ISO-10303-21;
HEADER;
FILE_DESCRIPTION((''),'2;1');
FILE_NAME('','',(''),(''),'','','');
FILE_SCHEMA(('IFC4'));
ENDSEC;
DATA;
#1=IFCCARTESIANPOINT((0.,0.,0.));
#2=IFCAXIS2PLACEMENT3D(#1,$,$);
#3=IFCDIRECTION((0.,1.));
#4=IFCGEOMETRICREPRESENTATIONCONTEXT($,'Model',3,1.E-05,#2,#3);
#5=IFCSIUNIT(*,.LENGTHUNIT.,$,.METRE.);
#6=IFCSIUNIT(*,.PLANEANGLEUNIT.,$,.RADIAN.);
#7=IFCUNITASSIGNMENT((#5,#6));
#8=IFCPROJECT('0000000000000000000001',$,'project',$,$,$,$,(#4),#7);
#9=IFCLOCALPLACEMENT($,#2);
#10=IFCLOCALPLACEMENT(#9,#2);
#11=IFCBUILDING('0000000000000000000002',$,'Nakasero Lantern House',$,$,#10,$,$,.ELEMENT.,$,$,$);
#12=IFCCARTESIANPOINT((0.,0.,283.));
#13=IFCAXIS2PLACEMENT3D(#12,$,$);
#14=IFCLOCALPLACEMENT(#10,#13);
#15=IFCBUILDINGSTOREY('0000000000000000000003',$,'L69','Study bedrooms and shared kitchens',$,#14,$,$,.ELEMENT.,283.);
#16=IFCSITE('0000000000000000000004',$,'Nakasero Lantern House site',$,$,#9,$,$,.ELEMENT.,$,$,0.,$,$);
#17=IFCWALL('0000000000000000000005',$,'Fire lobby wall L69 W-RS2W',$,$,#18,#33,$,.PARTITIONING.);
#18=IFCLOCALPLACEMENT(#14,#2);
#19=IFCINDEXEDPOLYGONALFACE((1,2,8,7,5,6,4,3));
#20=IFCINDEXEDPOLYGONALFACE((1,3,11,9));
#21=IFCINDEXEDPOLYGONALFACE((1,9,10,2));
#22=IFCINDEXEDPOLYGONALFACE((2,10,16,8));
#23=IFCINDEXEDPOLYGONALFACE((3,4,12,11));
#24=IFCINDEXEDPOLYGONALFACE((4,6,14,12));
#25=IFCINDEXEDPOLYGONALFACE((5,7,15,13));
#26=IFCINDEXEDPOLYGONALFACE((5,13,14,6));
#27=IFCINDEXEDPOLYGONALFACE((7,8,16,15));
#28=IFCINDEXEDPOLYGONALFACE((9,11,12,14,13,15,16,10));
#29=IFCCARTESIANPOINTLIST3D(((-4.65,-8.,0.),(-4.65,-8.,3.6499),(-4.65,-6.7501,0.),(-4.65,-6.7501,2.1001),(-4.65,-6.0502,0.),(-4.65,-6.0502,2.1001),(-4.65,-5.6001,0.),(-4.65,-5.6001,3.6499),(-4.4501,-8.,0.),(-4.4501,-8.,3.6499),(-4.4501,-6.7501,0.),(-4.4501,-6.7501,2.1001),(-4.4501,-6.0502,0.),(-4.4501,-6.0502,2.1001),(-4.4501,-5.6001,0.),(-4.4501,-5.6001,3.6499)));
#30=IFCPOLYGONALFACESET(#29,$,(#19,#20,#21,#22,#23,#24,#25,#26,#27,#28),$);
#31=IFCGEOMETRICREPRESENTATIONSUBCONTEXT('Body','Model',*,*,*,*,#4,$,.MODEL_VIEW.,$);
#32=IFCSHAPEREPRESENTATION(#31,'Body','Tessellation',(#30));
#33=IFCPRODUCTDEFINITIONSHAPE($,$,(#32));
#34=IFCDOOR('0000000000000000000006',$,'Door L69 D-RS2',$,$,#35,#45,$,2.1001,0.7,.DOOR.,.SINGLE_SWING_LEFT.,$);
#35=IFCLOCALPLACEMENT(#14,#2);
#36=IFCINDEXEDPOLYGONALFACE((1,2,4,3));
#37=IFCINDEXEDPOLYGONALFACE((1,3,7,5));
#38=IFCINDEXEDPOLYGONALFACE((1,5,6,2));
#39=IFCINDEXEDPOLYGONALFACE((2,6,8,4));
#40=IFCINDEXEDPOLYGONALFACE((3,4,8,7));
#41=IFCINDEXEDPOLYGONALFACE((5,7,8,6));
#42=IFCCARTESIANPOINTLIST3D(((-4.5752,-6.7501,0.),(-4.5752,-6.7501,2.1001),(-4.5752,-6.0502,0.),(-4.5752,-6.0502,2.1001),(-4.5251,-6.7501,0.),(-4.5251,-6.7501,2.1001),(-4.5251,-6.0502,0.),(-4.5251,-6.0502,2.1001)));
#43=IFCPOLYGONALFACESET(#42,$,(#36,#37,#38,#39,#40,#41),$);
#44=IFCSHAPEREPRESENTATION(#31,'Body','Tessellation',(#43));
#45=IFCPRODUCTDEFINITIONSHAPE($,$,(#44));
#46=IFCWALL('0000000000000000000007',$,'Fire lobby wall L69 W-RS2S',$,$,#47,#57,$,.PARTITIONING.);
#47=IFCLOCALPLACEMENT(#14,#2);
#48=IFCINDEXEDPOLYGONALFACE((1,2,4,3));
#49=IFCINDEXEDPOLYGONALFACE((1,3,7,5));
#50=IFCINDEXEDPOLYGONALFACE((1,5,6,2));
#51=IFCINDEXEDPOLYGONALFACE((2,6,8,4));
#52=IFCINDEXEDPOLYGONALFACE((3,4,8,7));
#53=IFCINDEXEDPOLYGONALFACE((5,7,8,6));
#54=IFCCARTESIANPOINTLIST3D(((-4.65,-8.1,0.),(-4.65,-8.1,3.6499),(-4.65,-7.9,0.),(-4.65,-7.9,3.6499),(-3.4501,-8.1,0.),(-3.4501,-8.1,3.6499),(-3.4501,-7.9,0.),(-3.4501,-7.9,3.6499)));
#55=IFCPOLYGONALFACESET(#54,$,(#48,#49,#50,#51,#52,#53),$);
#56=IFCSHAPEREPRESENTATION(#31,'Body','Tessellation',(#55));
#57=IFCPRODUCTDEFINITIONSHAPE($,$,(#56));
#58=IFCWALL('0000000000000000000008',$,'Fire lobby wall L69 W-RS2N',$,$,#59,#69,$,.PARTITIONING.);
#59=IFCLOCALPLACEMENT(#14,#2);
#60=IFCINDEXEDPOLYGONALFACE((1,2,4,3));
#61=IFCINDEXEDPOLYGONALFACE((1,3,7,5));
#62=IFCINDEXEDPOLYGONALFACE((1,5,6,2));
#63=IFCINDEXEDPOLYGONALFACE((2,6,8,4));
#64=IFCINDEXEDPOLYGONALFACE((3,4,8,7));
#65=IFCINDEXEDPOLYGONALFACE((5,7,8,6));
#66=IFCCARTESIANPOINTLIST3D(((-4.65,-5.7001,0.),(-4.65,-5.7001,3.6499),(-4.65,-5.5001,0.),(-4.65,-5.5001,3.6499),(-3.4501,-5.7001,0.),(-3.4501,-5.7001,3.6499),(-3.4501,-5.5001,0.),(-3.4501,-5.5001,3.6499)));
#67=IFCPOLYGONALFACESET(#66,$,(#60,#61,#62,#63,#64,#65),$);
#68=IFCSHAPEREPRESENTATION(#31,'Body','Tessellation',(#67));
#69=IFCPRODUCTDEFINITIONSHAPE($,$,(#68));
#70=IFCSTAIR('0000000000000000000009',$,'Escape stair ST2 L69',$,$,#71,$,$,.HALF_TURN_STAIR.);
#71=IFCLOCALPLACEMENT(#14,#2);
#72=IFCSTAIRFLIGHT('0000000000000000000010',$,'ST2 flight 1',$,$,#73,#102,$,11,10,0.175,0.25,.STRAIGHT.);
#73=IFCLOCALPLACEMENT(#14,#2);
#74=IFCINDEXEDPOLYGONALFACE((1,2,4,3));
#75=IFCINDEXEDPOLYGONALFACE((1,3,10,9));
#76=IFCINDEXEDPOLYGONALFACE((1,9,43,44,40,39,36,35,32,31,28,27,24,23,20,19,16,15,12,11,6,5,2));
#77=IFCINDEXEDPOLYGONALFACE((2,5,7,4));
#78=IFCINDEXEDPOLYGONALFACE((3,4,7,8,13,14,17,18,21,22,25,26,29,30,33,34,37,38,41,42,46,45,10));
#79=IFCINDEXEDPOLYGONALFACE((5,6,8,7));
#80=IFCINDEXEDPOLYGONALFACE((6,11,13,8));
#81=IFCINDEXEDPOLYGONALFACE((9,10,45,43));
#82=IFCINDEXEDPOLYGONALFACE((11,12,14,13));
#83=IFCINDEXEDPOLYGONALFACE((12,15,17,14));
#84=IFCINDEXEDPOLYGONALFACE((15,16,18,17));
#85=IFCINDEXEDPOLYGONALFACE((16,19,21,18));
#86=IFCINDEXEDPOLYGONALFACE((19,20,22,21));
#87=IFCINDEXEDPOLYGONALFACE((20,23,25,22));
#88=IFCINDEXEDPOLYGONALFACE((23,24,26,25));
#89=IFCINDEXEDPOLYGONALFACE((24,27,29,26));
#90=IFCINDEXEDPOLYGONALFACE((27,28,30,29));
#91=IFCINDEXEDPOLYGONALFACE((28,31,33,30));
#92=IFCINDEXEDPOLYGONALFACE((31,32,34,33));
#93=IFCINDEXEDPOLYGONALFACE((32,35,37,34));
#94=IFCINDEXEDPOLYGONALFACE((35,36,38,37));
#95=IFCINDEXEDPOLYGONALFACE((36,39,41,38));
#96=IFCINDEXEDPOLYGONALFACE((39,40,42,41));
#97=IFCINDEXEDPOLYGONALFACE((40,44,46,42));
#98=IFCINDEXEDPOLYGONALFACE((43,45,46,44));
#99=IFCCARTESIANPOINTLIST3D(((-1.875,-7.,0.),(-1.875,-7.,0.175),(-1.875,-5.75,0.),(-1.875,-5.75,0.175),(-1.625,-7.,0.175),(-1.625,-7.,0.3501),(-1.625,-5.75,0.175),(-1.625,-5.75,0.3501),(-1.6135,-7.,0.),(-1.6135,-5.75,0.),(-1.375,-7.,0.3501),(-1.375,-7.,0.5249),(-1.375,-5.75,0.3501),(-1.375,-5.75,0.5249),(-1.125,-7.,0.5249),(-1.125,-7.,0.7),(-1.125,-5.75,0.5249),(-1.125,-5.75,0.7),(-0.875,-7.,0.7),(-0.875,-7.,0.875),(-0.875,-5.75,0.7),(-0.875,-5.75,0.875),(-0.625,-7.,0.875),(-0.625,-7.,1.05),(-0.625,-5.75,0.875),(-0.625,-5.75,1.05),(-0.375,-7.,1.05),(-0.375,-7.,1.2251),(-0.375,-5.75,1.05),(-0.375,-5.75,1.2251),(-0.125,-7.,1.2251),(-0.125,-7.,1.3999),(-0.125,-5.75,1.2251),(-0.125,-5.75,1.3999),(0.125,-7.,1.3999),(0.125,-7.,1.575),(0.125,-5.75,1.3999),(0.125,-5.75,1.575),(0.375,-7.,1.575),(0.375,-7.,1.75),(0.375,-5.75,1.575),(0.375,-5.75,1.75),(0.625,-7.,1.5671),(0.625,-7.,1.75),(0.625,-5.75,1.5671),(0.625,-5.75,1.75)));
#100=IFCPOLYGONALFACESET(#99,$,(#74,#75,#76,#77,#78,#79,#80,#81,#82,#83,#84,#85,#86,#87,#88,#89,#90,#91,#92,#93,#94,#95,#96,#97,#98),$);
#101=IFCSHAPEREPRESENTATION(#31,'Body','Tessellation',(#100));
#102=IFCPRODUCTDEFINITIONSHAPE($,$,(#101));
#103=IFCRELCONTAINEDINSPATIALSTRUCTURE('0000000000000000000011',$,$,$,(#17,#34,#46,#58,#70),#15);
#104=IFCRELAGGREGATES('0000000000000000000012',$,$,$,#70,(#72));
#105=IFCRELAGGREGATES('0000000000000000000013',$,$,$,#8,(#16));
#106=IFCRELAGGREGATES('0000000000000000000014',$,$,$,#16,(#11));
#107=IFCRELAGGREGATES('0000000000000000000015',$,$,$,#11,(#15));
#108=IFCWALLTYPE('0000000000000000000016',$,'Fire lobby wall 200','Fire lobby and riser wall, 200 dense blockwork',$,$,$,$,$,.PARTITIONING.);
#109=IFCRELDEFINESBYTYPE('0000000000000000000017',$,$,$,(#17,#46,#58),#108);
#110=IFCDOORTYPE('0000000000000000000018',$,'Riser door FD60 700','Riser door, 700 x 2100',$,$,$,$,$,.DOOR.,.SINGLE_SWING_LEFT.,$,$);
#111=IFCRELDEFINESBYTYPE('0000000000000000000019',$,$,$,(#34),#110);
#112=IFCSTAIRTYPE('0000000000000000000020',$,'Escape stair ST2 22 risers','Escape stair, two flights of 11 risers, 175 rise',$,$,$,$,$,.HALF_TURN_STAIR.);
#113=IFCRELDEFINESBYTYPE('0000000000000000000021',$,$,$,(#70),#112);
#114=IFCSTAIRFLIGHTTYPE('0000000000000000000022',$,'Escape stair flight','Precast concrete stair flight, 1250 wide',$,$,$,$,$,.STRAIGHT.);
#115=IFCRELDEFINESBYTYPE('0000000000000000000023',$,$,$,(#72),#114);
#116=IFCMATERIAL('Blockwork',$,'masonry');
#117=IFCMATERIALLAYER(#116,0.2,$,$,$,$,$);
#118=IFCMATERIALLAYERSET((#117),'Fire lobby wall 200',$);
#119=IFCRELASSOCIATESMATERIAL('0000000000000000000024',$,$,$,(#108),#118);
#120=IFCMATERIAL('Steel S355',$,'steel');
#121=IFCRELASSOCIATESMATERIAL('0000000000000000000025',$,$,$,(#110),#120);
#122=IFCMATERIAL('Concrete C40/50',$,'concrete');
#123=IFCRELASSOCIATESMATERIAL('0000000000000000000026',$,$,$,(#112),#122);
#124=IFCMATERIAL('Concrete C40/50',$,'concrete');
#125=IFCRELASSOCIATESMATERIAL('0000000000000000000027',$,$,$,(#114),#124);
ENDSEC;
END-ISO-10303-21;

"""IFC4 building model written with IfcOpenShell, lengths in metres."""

from ifc_helpers import new_model, si_unit, direction, frame, frame_2d, origin, place, context, subcontext, project, spatial, polyline, rectangle, outline, extrude, material, layer, layer_set, type_object, element, fill, aggregate, save


model = new_model("IFC4")

# Units and contexts
model_context = context("Model", 3, precision=1e-05, world=origin(), true_north=direction((0.0, 1.0)))
body_context = subcontext(model_context, "Body", "Model", "MODEL_VIEW")
ifc_project = project(units=[si_unit("LENGTHUNIT", "METRE"), si_unit("PLANEANGLEUNIT", "RADIAN")], contexts=[model_context])

# Site, building, storey
site_placement = place(None, origin())
site = spatial("IfcSite", under=ifc_project, at=site_placement, Name="Nakasero Lantern House site", CompositionType="ELEMENT", RefElevation=0.0)
building_placement = place(site_placement, origin())
building = spatial("IfcBuilding", under=site, at=building_placement, Name="Nakasero Lantern House", CompositionType="ELEMENT")
storey_placement = place(building_placement, frame((0.0, 0.0, 283.0)))
storey = spatial("IfcBuildingStorey", under=building, at=storey_placement, Name="L69", Description="Study bedrooms and shared kitchens", CompositionType="ELEMENT", Elevation=283.0)

# Wall, opening, door
ifc_material_1 = material(Name="Blockwork", Category="masonry")
ifc_layer_1 = layer(ifc_material_1, 0.2)
ifc_layer_set_1 = layer_set([ifc_layer_1], Name="Fire lobby wall 200")
wall_type_1 = type_object("IfcWallType", Name="Fire lobby wall 200", Description="Fire lobby and riser wall, 200 dense blockwork", PredefinedType="PARTITIONING", material=ifc_layer_set_1)
wall_1_placement = place(storey_placement, frame((-4.55, -5.6001, 0.0), z_axis=(0.0, 0.0, 1.0), x_axis=(0.0, -1.0, 0.0)))
wall_1 = element("IfcWall", 1, at=wall_1_placement, inside=storey, type_object=wall_type_1, Name="Fire lobby wall L69 W-RS2W", PredefinedType="PARTITIONING", context=body_context, shape_type="SweptSolid", body=[
    extrude(rectangle(XDim=2.3999, YDim=0.2, at=frame_2d((1.2, 0.0))), origin(), (0.0, 0.0, 1.0), 3.6499),
])
opening_1_placement = place(wall_1_placement, frame((0.45, 0.0, 0.0)))
opening_1 = element("IfcOpeningElement", 2, at=opening_1_placement, cuts=wall_1, PredefinedType="OPENING", context=body_context, shape_type="SweptSolid", body=[
    extrude(rectangle(XDim=0.7, YDim=2.1001, at=frame_2d((0.3501, 1.05))), frame((0.0, 0.1199, 0.0), z_axis=(0.0, -1.0, 0.0), x_axis=(1.0, 0.0, 0.0)), (0.0, 0.0, 1.0), 0.24),
])
ifc_material_2 = material(Name="Steel S355", Category="steel")
door_type_1 = type_object("IfcDoorType", Name="Riser door FD60 700", Description="Riser door, 700 x 2100", OperationType="SINGLE_SWING_LEFT", PredefinedType="DOOR", material=ifc_material_2)
door_1_placement = place(opening_1_placement, origin())
door_1 = element("IfcDoor", 3, at=door_1_placement, inside=storey, type_object=door_type_1, Name="Door L69 D-RS2", OperationType="SINGLE_SWING_LEFT", OverallHeight=2.1001, OverallWidth=0.7, PredefinedType="DOOR", context=body_context, shape_type="SweptSolid", body=[
    extrude(rectangle(XDim=0.7, YDim=2.1001, at=frame_2d((0.3501, 1.05))), frame((0.0, 0.0249, 0.0), z_axis=(0.0, -1.0, 0.0), x_axis=(1.0, 0.0, 0.0)), (0.0, 0.0, 1.0), 0.05),
])
fill(opening_1, door_1)

# Walls
for number, where, z_axis, x_axis, name in (
    (4, (-3.45, -8.0, 0.0), (0.0, 0.0, 1.0), (-1.0, 0.0, 0.0), "Fire lobby wall L69 W-RS2S"),
    (5, (-3.45, -5.6001, 0.0), (0.0, 0.0, 1.0), (-1.0, 0.0, 0.0), "Fire lobby wall L69 W-RS2N"),
):
    element("IfcWall", number, at=place(storey_placement, frame(where, z_axis=z_axis, x_axis=x_axis)), inside=storey, type_object=wall_type_1, Name=name, PredefinedType="PARTITIONING", context=body_context, shape_type="SweptSolid", body=[
        extrude(rectangle(XDim=1.2, YDim=0.2, at=frame_2d((0.6001, 0.0))), origin(), (0.0, 0.0, 1.0), 3.6499),
    ])

# Stair, stair flight
ifc_material_3 = material(Name="Concrete C40/50", Category="concrete")
stair_type = type_object("IfcStairType", Name="Escape stair ST2 22 risers", Description="Escape stair, two flights of 11 risers, 175 rise", PredefinedType="HALF_TURN_STAIR", material=ifc_material_3)
stair_placement = place(storey_placement, origin())
stair = element("IfcStair", 6, at=stair_placement, inside=storey, type_object=stair_type, Name="Escape stair ST2 L69", PredefinedType="HALF_TURN_STAIR")
ifc_material_4 = material(Name="Concrete C40/50", Category="concrete")
stair_flight_type = type_object("IfcStairFlightType", Name="Escape stair flight", Description="Precast concrete stair flight, 1250 wide", PredefinedType="STRAIGHT", material=ifc_material_4)
stair_flight_placement = place(storey_placement, frame((-1.875, -6.375, 0.0), z_axis=(0.0, 0.0, 1.0), x_axis=(1.0, 0.0, 0.0)))
stair_flight = element("IfcStairFlight", 7, at=stair_flight_placement, type_object=stair_flight_type, Name="ST2 flight 1", NumberOfRisers=11, NumberOfTreads=10, PredefinedType="STRAIGHT", RiserHeight=0.175, TreadLength=0.25, context=body_context, shape_type="SweptSolid", body=[
    extrude(outline(polyline([(0.0, 0.0), (0.0, 0.175), (0.25, 0.175), (0.25, 0.3501), (0.5, 0.3501), (0.5, 0.5249), (0.75, 0.5249), (0.75, 0.7), (1.0, 0.7), (1.0, 0.875), (1.25, 0.875), (1.25, 1.05), (1.5, 1.05), (1.5, 1.2251), (1.75, 1.2251), (1.75, 1.3999), (2.0, 1.3999), (2.0, 1.575), (2.25, 1.575), (2.25, 1.75), (2.5, 1.75), (2.5, 1.925), (2.5, 1.5671), (0.2615, 0.0), (0.0, 0.0)])), frame((0.0, 0.625, 0.0), z_axis=(0.0, -1.0, 0.0), x_axis=(1.0, 0.0, 0.0)), (0.0, 0.0, 1.0), 1.25),
])
aggregate(stair, [stair_flight])

save(model, "model.ifc")
